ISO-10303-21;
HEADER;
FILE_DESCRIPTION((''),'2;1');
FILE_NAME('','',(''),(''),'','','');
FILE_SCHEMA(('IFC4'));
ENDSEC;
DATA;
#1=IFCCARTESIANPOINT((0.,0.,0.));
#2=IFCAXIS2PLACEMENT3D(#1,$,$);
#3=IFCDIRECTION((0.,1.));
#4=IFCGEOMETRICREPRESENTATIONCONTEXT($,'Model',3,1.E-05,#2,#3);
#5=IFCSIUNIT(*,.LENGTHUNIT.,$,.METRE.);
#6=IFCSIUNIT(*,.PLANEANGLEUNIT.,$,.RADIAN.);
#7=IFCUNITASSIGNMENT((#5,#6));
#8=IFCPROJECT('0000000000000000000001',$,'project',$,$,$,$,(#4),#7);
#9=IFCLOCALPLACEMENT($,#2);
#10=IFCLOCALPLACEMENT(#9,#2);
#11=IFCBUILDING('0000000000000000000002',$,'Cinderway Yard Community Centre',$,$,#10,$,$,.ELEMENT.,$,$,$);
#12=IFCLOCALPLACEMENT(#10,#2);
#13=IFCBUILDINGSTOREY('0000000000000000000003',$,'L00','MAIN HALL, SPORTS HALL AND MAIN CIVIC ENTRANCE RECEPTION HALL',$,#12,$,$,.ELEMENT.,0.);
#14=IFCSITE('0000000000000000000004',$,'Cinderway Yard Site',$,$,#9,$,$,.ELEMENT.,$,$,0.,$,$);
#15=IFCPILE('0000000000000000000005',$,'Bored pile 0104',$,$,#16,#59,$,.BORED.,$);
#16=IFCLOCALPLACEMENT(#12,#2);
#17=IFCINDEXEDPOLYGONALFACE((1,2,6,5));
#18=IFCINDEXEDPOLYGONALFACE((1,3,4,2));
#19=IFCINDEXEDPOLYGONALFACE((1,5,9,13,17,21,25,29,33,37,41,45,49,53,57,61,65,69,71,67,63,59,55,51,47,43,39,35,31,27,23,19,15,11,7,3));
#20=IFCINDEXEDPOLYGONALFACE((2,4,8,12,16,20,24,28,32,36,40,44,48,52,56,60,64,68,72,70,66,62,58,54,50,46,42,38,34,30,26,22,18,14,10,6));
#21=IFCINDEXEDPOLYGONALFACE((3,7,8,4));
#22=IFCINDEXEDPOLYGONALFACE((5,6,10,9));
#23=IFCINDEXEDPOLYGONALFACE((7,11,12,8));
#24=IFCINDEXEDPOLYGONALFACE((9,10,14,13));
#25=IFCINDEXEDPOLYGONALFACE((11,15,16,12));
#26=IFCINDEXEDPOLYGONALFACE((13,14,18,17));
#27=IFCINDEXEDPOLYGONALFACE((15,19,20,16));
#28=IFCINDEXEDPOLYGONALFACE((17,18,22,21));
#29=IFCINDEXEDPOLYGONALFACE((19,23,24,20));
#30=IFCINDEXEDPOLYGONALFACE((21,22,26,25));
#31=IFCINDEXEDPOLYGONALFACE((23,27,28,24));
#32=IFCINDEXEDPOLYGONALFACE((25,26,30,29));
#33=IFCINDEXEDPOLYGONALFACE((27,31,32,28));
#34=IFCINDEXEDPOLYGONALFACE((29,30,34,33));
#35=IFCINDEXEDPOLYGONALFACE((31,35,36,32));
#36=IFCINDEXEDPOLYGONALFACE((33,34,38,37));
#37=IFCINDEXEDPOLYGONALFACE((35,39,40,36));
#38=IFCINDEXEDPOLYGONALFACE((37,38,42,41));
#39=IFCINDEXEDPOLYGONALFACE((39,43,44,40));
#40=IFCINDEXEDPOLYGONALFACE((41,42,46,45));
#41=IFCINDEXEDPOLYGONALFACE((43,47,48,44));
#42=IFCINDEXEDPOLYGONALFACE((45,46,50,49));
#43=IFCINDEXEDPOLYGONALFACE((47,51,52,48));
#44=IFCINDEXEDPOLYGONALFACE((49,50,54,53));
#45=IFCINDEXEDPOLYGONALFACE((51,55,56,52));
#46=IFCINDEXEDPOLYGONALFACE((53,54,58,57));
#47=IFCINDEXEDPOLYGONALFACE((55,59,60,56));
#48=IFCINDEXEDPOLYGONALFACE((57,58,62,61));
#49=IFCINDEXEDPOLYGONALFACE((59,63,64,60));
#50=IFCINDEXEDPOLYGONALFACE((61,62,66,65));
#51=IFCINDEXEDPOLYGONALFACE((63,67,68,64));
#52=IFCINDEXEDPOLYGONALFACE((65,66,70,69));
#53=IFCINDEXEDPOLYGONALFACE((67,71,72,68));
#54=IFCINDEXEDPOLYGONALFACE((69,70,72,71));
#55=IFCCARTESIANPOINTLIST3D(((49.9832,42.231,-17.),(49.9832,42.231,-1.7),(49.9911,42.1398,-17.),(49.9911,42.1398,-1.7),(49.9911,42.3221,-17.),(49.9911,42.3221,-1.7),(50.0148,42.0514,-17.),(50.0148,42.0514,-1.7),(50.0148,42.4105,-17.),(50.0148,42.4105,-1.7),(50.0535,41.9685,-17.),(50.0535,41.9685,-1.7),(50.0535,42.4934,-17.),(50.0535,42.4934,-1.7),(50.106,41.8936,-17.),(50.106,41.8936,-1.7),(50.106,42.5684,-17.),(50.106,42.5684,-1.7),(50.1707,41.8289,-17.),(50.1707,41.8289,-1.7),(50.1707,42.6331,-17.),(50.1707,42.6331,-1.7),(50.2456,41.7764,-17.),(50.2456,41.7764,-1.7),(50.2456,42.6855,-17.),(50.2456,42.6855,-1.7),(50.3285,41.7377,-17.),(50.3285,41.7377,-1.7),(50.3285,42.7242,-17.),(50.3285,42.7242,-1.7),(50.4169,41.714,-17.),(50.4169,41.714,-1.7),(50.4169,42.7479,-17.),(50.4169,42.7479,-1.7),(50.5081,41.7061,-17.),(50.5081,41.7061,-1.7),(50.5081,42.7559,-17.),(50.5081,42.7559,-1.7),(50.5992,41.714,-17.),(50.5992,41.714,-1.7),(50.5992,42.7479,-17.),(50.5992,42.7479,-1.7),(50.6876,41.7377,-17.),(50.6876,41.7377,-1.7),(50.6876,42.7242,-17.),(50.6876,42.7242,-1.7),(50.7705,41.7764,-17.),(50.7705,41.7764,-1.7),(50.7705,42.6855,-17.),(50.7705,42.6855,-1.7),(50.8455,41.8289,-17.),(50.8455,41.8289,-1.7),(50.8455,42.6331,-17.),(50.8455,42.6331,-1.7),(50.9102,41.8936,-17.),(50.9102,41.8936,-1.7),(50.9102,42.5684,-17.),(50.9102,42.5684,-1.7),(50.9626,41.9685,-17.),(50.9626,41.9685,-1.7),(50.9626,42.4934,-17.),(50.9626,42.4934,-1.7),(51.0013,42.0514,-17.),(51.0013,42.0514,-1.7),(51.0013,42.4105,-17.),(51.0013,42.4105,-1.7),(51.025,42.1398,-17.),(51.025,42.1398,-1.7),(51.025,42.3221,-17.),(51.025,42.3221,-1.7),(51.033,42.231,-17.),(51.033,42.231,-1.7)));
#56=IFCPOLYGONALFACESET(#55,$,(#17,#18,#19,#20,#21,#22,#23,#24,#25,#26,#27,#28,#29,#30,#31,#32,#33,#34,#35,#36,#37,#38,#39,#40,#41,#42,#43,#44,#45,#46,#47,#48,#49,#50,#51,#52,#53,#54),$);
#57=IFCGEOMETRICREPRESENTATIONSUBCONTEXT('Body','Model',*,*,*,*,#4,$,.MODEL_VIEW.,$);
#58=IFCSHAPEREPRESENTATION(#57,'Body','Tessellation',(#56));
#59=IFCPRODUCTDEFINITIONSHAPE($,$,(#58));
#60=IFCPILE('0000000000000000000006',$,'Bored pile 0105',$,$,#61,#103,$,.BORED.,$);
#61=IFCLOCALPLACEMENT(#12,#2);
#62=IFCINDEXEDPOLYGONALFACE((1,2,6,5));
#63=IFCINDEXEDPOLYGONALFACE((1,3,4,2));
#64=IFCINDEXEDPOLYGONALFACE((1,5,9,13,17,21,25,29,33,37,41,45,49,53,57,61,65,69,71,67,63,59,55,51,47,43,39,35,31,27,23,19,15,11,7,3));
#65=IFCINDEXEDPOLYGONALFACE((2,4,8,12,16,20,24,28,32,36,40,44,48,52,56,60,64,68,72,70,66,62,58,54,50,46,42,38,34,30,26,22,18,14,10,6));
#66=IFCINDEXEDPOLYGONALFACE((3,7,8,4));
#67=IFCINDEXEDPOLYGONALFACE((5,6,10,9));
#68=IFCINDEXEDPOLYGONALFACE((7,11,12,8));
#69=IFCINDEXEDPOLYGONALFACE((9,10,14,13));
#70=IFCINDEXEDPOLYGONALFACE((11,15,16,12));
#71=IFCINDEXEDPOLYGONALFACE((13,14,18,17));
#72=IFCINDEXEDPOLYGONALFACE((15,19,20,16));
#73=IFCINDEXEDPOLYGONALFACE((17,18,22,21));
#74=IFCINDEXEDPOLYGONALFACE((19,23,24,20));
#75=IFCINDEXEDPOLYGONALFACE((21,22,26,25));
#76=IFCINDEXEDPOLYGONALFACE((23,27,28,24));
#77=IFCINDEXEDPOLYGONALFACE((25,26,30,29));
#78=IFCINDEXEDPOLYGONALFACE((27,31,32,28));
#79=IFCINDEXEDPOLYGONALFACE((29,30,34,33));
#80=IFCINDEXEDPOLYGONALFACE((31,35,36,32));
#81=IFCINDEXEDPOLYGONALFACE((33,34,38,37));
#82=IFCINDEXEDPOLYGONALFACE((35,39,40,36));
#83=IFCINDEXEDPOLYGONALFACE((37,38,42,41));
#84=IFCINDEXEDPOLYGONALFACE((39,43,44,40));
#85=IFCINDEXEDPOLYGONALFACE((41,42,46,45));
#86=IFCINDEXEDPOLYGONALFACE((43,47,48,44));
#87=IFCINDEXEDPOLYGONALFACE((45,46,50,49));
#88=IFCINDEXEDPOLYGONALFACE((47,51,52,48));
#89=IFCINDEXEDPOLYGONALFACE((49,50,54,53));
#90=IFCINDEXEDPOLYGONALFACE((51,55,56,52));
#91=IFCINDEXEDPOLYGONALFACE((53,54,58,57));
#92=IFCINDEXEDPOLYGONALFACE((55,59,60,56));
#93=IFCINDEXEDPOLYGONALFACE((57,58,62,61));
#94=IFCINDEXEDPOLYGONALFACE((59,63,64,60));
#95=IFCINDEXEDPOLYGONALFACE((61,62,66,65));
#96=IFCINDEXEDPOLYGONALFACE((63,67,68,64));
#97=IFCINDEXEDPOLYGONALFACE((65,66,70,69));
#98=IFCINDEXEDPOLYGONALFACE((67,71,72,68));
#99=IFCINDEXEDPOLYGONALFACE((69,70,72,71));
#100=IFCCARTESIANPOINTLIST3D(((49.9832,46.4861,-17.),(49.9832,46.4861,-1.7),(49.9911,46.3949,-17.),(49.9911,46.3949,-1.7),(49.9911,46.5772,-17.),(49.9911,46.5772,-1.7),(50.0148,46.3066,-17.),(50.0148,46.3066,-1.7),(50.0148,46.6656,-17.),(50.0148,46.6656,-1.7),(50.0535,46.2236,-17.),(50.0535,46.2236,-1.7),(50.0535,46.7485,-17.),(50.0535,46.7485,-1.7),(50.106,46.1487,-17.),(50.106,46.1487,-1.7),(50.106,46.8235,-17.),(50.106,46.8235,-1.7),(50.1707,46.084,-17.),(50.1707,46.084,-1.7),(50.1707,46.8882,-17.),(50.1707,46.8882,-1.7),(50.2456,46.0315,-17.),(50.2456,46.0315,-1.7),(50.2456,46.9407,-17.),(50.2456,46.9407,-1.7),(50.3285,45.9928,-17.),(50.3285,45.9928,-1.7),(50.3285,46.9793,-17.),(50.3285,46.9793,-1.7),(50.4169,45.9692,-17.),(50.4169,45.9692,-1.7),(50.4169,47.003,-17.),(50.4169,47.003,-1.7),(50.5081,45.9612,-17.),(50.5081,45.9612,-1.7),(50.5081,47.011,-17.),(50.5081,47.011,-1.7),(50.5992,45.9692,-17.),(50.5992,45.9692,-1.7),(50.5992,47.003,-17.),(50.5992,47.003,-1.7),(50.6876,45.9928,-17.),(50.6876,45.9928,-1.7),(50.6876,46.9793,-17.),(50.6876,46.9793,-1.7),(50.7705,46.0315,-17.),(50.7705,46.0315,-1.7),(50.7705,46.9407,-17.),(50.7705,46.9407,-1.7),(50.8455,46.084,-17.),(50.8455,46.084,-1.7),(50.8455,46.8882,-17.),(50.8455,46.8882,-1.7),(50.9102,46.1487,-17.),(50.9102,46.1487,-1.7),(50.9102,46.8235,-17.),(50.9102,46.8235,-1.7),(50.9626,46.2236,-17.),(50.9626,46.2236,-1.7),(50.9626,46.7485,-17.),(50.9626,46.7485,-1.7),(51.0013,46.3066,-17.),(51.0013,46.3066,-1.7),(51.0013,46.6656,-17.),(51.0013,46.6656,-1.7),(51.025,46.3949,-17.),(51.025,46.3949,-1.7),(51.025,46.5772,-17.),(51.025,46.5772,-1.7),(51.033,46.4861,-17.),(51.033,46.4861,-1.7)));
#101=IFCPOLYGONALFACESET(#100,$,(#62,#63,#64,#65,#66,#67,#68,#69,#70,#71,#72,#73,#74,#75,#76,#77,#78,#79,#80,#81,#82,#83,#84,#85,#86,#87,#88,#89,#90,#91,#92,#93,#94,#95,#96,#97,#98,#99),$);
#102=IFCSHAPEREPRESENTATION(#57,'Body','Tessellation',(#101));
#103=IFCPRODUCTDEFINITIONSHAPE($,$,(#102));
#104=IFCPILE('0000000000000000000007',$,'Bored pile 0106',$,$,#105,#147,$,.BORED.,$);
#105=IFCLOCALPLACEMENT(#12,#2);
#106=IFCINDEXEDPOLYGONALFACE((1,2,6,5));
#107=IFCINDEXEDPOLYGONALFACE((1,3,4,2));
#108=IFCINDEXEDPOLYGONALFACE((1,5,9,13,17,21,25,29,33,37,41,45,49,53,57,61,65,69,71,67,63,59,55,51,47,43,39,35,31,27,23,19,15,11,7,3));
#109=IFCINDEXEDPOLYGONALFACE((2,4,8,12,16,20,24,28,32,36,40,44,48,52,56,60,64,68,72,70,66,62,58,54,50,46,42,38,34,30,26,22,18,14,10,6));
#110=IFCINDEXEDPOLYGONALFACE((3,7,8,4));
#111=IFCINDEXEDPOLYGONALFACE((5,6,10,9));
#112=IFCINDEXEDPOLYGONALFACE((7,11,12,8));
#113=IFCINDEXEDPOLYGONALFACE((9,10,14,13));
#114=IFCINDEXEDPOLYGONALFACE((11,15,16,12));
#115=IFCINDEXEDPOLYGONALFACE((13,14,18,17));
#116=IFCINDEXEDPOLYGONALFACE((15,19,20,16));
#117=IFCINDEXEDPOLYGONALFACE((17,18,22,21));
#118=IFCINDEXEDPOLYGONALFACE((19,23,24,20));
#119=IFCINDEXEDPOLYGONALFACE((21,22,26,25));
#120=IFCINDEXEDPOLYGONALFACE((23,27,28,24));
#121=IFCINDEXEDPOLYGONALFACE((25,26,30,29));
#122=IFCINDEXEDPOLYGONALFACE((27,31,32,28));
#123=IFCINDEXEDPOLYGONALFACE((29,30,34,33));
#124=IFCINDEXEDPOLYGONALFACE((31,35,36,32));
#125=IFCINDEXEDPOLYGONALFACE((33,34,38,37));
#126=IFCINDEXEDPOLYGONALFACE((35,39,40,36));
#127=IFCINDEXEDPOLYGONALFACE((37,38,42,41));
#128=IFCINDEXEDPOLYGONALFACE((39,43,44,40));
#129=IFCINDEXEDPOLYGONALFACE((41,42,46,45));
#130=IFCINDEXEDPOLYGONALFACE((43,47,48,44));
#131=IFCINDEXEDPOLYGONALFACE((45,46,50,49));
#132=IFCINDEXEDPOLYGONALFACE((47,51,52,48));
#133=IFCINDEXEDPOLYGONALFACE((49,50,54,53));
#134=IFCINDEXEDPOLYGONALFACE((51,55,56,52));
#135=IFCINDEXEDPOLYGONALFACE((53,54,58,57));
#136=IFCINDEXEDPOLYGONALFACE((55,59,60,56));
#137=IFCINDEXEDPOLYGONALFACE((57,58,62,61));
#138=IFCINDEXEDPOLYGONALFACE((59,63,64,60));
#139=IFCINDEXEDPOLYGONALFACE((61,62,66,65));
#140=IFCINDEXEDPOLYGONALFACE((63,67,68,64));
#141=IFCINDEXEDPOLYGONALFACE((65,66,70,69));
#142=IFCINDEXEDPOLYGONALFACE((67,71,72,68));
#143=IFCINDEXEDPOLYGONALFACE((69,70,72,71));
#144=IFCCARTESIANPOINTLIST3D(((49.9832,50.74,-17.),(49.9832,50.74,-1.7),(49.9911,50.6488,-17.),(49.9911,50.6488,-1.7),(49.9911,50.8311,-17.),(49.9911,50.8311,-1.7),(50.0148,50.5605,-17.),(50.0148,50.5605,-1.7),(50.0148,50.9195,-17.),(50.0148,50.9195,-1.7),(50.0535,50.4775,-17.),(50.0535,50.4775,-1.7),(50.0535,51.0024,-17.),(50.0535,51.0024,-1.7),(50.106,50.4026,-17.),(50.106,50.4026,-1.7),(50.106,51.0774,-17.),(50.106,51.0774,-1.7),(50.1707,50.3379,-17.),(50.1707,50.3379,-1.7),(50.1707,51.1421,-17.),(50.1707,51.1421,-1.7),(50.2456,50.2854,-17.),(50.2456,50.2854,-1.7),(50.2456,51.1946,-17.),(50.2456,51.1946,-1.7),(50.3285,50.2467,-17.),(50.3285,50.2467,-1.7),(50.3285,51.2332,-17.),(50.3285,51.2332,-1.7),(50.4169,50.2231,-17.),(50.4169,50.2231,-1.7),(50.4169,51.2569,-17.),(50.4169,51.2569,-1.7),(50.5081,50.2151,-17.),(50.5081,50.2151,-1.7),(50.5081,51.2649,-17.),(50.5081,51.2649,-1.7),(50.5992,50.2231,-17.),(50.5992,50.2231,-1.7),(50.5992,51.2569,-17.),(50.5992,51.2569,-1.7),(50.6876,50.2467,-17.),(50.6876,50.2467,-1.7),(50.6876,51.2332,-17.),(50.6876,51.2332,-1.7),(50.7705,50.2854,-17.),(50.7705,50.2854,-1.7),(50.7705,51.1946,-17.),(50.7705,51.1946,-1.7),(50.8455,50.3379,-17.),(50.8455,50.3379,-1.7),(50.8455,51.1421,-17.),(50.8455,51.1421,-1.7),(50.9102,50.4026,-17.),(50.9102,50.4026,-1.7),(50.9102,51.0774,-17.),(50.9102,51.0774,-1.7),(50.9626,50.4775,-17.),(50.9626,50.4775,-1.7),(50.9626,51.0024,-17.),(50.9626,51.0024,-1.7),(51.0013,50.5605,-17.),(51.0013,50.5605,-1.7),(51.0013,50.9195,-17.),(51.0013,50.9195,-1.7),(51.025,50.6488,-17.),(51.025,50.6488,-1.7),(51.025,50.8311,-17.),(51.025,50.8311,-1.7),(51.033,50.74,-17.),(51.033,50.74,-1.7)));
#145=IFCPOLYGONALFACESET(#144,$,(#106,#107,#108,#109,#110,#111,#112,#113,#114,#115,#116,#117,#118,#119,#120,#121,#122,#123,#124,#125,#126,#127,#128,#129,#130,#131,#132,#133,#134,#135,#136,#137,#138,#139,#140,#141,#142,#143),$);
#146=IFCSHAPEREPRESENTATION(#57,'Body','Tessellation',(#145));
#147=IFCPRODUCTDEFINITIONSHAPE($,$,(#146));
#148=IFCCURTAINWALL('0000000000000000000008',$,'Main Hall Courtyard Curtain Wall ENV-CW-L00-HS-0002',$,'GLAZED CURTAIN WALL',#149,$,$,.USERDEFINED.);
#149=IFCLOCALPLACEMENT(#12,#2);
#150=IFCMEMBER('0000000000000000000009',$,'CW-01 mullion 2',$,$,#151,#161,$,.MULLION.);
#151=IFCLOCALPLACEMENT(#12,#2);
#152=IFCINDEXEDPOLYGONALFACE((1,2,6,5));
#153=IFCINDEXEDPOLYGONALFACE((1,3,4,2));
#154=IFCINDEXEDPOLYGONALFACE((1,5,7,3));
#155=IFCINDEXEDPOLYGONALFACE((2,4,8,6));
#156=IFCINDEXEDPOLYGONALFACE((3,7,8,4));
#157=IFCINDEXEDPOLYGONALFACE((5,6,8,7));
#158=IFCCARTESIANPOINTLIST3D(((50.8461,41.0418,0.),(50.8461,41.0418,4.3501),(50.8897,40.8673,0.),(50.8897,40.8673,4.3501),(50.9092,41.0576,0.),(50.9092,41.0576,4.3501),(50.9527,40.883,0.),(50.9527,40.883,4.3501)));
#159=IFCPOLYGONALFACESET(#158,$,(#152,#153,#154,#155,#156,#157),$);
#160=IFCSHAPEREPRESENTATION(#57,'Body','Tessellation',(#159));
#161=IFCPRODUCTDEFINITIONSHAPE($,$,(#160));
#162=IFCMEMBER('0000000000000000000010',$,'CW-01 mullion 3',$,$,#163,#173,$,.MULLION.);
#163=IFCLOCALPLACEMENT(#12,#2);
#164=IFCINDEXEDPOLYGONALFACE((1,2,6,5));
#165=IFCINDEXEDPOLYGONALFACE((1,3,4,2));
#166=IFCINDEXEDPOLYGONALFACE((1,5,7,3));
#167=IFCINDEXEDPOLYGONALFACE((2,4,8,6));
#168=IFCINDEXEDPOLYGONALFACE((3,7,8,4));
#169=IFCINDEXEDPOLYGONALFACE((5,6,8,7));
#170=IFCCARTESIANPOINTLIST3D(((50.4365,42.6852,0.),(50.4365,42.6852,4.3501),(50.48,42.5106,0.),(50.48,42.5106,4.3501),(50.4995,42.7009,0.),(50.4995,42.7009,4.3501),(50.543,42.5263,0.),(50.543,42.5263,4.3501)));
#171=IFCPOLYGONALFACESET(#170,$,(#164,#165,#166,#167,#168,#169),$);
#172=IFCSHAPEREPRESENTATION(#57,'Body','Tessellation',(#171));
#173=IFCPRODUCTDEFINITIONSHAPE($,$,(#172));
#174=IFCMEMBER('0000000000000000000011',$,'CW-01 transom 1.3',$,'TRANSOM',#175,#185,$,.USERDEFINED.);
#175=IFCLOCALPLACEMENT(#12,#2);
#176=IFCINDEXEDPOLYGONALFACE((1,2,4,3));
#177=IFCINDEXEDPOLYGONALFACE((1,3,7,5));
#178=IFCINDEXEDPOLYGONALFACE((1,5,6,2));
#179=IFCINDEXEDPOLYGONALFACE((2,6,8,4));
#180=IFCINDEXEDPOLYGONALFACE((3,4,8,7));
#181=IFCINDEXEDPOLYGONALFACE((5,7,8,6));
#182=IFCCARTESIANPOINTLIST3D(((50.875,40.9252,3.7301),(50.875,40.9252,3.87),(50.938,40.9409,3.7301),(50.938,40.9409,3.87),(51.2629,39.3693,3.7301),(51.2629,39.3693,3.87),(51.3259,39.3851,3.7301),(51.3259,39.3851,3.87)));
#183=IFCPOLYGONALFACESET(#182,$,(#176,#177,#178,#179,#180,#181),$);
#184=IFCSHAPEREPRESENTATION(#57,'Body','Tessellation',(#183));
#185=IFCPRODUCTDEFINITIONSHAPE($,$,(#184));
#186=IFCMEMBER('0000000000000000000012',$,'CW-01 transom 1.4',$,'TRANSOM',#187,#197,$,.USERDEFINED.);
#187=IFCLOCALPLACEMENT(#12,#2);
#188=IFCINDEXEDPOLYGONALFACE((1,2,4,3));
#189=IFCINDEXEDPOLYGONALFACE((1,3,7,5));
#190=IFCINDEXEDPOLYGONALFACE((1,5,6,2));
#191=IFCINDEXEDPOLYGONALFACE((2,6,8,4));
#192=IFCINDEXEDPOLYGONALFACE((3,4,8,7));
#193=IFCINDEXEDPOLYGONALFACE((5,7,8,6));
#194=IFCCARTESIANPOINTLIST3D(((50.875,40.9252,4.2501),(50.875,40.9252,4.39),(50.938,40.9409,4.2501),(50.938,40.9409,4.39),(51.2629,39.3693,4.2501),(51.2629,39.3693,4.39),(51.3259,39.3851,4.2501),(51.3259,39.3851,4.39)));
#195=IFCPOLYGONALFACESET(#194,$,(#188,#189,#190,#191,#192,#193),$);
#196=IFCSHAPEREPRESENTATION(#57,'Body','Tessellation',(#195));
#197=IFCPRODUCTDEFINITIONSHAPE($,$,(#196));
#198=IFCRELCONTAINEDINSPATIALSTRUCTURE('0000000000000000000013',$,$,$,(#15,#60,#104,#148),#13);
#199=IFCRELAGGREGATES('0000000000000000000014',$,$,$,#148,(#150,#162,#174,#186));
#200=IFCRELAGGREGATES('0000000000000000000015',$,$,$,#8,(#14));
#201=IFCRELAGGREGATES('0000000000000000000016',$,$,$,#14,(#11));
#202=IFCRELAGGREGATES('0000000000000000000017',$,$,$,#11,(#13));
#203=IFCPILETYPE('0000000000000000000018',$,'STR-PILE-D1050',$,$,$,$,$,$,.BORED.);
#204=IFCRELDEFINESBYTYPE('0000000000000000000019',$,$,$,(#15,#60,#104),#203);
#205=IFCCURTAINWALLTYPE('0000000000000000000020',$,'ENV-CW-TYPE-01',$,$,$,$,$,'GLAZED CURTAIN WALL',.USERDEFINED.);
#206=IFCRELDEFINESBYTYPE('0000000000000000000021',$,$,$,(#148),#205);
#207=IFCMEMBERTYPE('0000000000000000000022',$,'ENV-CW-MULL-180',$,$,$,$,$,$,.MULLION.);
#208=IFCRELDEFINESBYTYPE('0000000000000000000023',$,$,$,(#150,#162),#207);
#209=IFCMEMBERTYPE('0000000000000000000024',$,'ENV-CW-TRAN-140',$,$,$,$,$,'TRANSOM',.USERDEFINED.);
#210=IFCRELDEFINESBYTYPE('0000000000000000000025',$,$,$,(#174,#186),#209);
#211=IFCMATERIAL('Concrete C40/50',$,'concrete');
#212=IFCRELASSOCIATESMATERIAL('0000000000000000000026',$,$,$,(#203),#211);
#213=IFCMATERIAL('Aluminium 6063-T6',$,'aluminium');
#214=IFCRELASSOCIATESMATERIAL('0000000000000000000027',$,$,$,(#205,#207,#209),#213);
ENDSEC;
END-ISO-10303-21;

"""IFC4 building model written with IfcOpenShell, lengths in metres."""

from ifc_helpers import new_model, si_unit, direction, frame, origin, origin_2d, place, context, subcontext, project, spatial, rectangle, circle, extrude, material, material_profile, profile_set, type_object, element, aggregate, save


model = new_model("IFC4")

# Units and contexts
model_context = context("Model", 3, precision=1e-05, world=origin(), true_north=direction((0.0, 1.0)))
body_context = subcontext(model_context, "Body", "Model", "MODEL_VIEW")
ifc_project = project(units=[si_unit("LENGTHUNIT", "METRE"), si_unit("PLANEANGLEUNIT", "RADIAN")], contexts=[model_context])

# Site, building, storey
site_placement = place(None, origin())
site = spatial("IfcSite", under=ifc_project, at=site_placement, Name="Cinderway Yard Site", CompositionType="ELEMENT", RefElevation=0.0)
building_placement = place(site_placement, origin())
building = spatial("IfcBuilding", under=site, at=building_placement, Name="Cinderway Yard Community Centre", CompositionType="ELEMENT")
storey_placement = place(building_placement, origin())
storey = spatial("IfcBuildingStorey", under=building, at=storey_placement, Name="L00", Description="MAIN HALL, SPORTS HALL AND MAIN CIVIC ENTRANCE RECEPTION HALL", CompositionType="ELEMENT", Elevation=0.0)

# Piles
ifc_material_1 = material(Name="Concrete C40/50", Category="concrete")
ifc_material_profile_1 = material_profile(ifc_material_1, circle(Radius=0.5249, at=origin_2d()), Name="Concrete C40/50")
ifc_profile_set_1 = profile_set([ifc_material_profile_1], Name="Concrete C40/50")
pile_type = type_object("IfcPileType", Name="STR-PILE-D1050", PredefinedType="BORED", material=ifc_profile_set_1)
for number, where, z_axis, x_axis, name in (
    (1, (50.5081, 42.231, -1.7), (0.0, 0.0, -1.0), (1.0, 0.0, 0.0), "Bored pile 0104"),
    (2, (50.5081, 46.4861, -1.7), (0.0, 0.0, -1.0), (1.0, 0.0, 0.0), "Bored pile 0105"),
    (3, (50.5081, 50.74, -1.7), (0.0, 0.0, -1.0), (1.0, 0.0, 0.0), "Bored pile 0106"),
):
    element("IfcPile", number, at=place(storey_placement, frame(where, z_axis=z_axis, x_axis=x_axis)), inside=storey, type_object=pile_type, Name=name, PredefinedType="BORED", context=body_context, shape_type="SweptSolid", body=[
        extrude(circle(Radius=0.5249, at=origin_2d()), origin(), (0.0, 0.0, 1.0), 15.3),
    ])

# Curtain wall, members
ifc_material_2 = material(Name="Aluminium 6063-T6", Category="aluminium")
curtain_wall_type = type_object("IfcCurtainWallType", Name="ENV-CW-TYPE-01", ElementType="GLAZED CURTAIN WALL", PredefinedType="USERDEFINED", material=ifc_material_2)
curtain_wall_placement = place(storey_placement, origin())
curtain_wall = element("IfcCurtainWall", 4, at=curtain_wall_placement, inside=storey, type_object=curtain_wall_type, Name="Main Hall Courtyard Curtain Wall ENV-CW-L00-HS-0002", ObjectType="GLAZED CURTAIN WALL", PredefinedType="USERDEFINED")
ifc_material_profile_2 = material_profile(ifc_material_2, rectangle(XDim=0.0649, YDim=0.1799, at=origin_2d()), Name="Aluminium 6063-T6")
ifc_profile_set_2 = profile_set([ifc_material_profile_2], Name="Aluminium 6063-T6")
member_type_1 = type_object("IfcMemberType", Name="ENV-CW-MULL-180", PredefinedType="MULLION", material=ifc_profile_set_2)
member_1_placement = place(storey_placement, frame((50.8994, 40.9624, 0.0), z_axis=(0.0, 0.0, 1.0), x_axis=(-0.970304, -0.241887, 0.0)))
member_1 = element("IfcMember", 5, at=member_1_placement, type_object=member_type_1, Name="CW-01 mullion 2", PredefinedType="MULLION", context=body_context, shape_type="SweptSolid", body=[
    extrude(rectangle(XDim=0.0649, YDim=0.1799, at=origin_2d()), origin(), (0.0, 0.0, 1.0), 4.3501),
])
member_2_placement = place(storey_placement, frame((50.4897, 42.6057, 0.0), z_axis=(0.0, 0.0, 1.0), x_axis=(-0.970304, -0.241887, 0.0)))
member_2 = element("IfcMember", 6, at=member_2_placement, type_object=member_type_1, Name="CW-01 mullion 3", PredefinedType="MULLION", context=body_context, shape_type="SweptSolid", body=[
    extrude(rectangle(XDim=0.0649, YDim=0.1799, at=origin_2d()), origin(), (0.0, 0.0, 1.0), 4.3501),
])
ifc_material_profile_3 = material_profile(ifc_material_2, rectangle(XDim=0.0649, YDim=0.1399, at=origin_2d()), Name="Aluminium 6063-T6")
ifc_profile_set_3 = profile_set([ifc_material_profile_3], Name="Aluminium 6063-T6")
member_type_2 = type_object("IfcMemberType", Name="ENV-CW-TRAN-140", ElementType="TRANSOM", PredefinedType="USERDEFINED", material=ifc_profile_set_3)
member_3_placement = place(storey_placement, frame((51.2944, 39.3772, 3.8), z_axis=(-0.241927, 0.970295, 0.0), x_axis=(-0.970295, -0.241927, 0.0)))
member_3 = element("IfcMember", 7, at=member_3_placement, type_object=member_type_2, Name="CW-01 transom 1.3", ObjectType="TRANSOM", PredefinedType="USERDEFINED", context=body_context, shape_type="SweptSolid", body=[
    extrude(rectangle(XDim=0.0649, YDim=0.1399, at=origin_2d()), origin(), (0.0, 0.0, 1.0), 1.6035),
])
member_4_placement = place(storey_placement, frame((51.2944, 39.3772, 4.3201), z_axis=(-0.241927, 0.970295, 0.0), x_axis=(-0.970295, -0.241927, 0.0)))
member_4 = element("IfcMember", 8, at=member_4_placement, type_object=member_type_2, Name="CW-01 transom 1.4", ObjectType="TRANSOM", PredefinedType="USERDEFINED", context=body_context, shape_type="SweptSolid", body=[
    extrude(rectangle(XDim=0.0649, YDim=0.1399, at=origin_2d()), origin(), (0.0, 0.0, 1.0), 1.6035),
])
aggregate(curtain_wall, [member_1, member_2, member_3, member_4])

save(model, "model.ifc")
